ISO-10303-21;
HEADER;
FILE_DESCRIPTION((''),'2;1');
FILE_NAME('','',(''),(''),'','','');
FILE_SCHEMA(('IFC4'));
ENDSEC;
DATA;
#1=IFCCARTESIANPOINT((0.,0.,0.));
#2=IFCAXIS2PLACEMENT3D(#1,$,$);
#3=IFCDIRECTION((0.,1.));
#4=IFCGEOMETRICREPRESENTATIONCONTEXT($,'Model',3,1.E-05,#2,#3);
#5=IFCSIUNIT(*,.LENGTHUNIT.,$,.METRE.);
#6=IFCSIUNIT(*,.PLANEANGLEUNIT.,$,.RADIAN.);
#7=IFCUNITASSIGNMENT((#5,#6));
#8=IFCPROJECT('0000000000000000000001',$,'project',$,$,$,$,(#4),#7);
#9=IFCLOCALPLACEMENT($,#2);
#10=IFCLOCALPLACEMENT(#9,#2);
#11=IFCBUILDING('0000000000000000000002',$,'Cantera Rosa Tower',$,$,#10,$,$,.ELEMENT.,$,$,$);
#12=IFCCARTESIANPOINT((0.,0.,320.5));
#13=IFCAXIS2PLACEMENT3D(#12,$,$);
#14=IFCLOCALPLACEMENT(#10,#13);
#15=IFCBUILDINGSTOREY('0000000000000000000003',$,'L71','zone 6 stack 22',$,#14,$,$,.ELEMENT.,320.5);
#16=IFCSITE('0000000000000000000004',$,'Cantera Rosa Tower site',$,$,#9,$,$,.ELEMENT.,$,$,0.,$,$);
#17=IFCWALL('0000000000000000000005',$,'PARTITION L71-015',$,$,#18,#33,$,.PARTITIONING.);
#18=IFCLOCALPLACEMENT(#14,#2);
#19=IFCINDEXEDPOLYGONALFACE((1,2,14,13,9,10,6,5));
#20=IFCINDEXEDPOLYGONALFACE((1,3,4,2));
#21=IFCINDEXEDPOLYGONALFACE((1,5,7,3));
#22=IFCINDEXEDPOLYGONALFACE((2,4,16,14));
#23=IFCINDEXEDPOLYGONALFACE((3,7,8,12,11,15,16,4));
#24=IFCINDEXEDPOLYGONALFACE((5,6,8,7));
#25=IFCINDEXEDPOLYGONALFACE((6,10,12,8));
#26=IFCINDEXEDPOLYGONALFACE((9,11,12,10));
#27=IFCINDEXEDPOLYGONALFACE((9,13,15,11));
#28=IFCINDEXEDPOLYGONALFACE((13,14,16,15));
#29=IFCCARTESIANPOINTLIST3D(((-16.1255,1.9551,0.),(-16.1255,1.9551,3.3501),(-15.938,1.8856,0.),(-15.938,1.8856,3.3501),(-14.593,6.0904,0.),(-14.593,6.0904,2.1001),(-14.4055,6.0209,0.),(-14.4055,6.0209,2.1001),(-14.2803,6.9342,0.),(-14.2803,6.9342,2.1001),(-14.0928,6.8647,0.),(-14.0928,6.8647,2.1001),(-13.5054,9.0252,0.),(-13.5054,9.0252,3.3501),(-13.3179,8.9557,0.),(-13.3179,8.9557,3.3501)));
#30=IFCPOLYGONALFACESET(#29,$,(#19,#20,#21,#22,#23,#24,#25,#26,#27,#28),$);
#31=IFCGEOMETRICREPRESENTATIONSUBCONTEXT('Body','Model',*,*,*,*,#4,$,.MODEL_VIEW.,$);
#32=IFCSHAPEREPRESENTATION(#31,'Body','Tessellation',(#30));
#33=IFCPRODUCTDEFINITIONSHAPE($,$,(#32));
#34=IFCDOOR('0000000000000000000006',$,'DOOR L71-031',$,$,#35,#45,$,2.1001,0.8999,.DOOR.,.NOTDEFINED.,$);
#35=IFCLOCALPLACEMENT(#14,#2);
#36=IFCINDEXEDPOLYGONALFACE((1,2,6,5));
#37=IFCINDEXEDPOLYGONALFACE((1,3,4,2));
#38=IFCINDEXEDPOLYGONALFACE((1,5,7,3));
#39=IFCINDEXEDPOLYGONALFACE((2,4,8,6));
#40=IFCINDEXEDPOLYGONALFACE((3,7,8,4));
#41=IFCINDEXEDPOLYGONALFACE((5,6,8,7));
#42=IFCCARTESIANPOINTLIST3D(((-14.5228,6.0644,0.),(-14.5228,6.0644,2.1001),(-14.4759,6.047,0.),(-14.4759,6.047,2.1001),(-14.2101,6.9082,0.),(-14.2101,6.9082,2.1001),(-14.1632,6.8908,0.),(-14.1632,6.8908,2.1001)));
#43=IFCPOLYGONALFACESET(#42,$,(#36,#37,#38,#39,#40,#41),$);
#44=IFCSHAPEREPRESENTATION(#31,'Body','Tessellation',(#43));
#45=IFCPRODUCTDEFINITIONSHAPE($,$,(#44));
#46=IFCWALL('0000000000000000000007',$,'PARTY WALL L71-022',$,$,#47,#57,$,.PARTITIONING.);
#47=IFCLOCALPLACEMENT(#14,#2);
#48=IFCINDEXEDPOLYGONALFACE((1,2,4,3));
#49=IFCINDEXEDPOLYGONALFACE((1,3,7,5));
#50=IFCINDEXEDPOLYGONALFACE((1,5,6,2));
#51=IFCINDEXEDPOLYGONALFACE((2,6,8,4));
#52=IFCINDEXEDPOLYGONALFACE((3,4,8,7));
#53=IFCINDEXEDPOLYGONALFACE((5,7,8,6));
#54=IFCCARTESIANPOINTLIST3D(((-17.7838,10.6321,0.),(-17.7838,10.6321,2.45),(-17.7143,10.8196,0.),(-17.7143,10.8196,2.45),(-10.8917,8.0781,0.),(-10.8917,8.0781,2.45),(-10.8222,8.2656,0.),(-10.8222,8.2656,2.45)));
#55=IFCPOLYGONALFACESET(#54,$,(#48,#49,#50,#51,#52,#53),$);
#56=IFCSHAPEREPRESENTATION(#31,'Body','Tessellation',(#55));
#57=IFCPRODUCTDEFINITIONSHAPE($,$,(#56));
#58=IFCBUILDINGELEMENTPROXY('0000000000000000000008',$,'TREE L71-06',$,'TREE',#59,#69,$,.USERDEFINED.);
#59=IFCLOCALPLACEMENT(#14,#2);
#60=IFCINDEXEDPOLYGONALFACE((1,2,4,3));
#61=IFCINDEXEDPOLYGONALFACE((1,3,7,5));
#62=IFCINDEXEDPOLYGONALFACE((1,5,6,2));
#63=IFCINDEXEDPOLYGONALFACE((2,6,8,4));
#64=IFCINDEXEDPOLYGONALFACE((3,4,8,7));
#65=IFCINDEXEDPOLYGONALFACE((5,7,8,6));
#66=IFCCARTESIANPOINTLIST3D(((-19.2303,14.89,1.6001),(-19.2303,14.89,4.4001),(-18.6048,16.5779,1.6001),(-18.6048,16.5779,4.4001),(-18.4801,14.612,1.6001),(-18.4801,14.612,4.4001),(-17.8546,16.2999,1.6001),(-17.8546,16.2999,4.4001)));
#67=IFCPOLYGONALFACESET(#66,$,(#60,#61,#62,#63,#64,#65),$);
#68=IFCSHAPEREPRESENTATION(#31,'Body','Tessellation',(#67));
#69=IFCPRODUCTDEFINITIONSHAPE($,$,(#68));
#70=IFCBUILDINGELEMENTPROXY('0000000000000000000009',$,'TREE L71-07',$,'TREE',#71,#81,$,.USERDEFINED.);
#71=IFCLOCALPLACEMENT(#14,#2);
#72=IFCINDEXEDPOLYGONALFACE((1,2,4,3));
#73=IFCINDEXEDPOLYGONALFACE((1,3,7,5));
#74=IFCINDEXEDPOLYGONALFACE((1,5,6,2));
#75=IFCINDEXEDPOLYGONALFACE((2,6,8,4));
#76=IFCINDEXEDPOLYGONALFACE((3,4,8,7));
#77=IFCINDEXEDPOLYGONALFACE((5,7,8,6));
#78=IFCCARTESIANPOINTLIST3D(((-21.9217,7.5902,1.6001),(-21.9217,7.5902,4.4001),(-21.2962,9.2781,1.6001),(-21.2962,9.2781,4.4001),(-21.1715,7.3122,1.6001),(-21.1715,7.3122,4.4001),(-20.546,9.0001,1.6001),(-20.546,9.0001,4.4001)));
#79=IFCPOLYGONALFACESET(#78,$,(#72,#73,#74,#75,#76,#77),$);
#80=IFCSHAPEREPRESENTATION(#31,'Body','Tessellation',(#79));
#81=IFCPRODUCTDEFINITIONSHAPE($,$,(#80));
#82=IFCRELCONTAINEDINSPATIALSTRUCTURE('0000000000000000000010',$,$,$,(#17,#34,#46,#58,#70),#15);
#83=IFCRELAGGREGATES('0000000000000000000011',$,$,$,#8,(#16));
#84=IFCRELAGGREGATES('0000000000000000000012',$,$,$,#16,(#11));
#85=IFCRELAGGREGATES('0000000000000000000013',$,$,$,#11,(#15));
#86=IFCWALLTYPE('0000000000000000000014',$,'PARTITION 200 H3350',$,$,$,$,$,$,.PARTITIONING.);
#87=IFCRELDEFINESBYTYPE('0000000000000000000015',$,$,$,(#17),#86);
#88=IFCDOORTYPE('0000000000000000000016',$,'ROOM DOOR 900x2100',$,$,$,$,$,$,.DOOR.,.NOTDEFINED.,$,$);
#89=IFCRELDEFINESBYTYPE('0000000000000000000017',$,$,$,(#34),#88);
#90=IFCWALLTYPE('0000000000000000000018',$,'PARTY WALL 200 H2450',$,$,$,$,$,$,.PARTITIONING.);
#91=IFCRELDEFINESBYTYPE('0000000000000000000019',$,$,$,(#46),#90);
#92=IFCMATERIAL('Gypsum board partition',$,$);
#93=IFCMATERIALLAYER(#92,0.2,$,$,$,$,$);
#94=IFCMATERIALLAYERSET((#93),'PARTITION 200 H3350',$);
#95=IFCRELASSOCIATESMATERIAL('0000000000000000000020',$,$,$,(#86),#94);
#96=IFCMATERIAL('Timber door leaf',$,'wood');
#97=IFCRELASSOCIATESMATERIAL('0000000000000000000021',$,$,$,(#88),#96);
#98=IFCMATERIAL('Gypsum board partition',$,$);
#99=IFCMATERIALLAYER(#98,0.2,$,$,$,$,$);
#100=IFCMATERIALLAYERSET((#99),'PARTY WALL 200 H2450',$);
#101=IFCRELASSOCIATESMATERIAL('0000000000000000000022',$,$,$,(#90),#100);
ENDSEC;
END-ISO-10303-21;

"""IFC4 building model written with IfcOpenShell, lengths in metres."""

from ifc_helpers import new_model, si_unit, direction, frame, frame_2d, origin, origin_2d, place, context, subcontext, project, spatial, rectangle, extrude, material, layer, layer_set, type_object, element, fill, save


model = new_model("IFC4")

# Units and contexts
model_context = context("Model", 3, precision=1e-05, world=origin(), true_north=direction((0.0, 1.0)))
body_context = subcontext(model_context, "Body", "Model", "MODEL_VIEW")
ifc_project = project(units=[si_unit("LENGTHUNIT", "METRE"), si_unit("PLANEANGLEUNIT", "RADIAN")], contexts=[model_context])

# Site, building, storey
site_placement = place(None, origin())
site = spatial("IfcSite", under=ifc_project, at=site_placement, Name="Cantera Rosa Tower site", CompositionType="ELEMENT", RefElevation=0.0)
building_placement = place(site_placement, origin())
building = spatial("IfcBuilding", under=site, at=building_placement, Name="Cantera Rosa Tower", CompositionType="ELEMENT")
storey_placement = place(building_placement, frame((0.0, 0.0, 320.5)))
storey = spatial("IfcBuildingStorey", under=building, at=storey_placement, Name="L71", Description="zone 6 stack 22", CompositionType="ELEMENT", Elevation=320.5)

# Wall, opening, door
ifc_material_1 = material(Name="Gypsum board partition")
ifc_layer_1 = layer(ifc_material_1, 0.2)
ifc_layer_set_1 = layer_set([ifc_layer_1], Name="PARTITION 200 H3350")
wall_type_1 = type_object("IfcWallType", Name="PARTITION 200 H3350", PredefinedType="PARTITIONING", material=ifc_layer_set_1)
wall_1_placement = place(storey_placement, frame((-13.4116, 8.9905, 0.0), z_axis=(0.0, 0.0, 1.0), x_axis=(-0.347498, -0.937681, 0.0)))
wall_1 = element("IfcWall", 1, at=wall_1_placement, inside=storey, type_object=wall_type_1, Name="PARTITION L71-015", PredefinedType="PARTITIONING", context=body_context, shape_type="SweptSolid", body=[
    extrude(rectangle(XDim=7.54, YDim=0.2, at=frame_2d((3.77, 0.0))), origin(), (0.0, 0.0, 1.0), 3.3501),
])
opening_1_placement = place(wall_1_placement, frame((2.23, 0.0, 0.0)))
opening_1 = element("IfcOpeningElement", 2, at=opening_1_placement, cuts=wall_1, PredefinedType="OPENING", context=body_context, shape_type="SweptSolid", body=[
    extrude(rectangle(XDim=0.8999, YDim=2.1001, at=frame_2d((0.45, 1.05))), frame((0.0, 0.1099, 0.0), z_axis=(0.0, -1.0, 0.0), x_axis=(1.0, 0.0, 0.0)), (0.0, 0.0, 1.0), 0.22),
])
ifc_material_2 = material(Name="Timber door leaf", Category="wood")
door_type_1 = type_object("IfcDoorType", Name="ROOM DOOR 900x2100", OperationType="NOTDEFINED", PredefinedType="DOOR", material=ifc_material_2)
door_1_placement = place(opening_1_placement, origin())
door_1 = element("IfcDoor", 3, at=door_1_placement, inside=storey, type_object=door_type_1, Name="DOOR L71-031", OperationType="NOTDEFINED", OverallHeight=2.1001, OverallWidth=0.8999, PredefinedType="DOOR", context=body_context, shape_type="SweptSolid", body=[
    extrude(rectangle(XDim=0.8999, YDim=2.1001, at=frame_2d((0.45, 1.05))), frame((0.0, 0.0249, 0.0), z_axis=(0.0, -1.0, 0.0), x_axis=(1.0, 0.0, 0.0)), (0.0, 0.0, 1.0), 0.05),
])
fill(opening_1, door_1)

# Wall
ifc_material_3 = material(Name="Gypsum board partition")
ifc_layer_2 = layer(ifc_material_3, 0.2)
ifc_layer_set_2 = layer_set([ifc_layer_2], Name="PARTY WALL 200 H2450")
wall_type_2 = type_object("IfcWallType", Name="PARTY WALL 200 H2450", PredefinedType="PARTITIONING", material=ifc_layer_set_2)
wall_2_placement = place(storey_placement, frame((-10.8569, 8.1719, 0.0), z_axis=(0.0, 0.0, 1.0), x_axis=(-0.93769, 0.347473, 0.0)))
element("IfcWall", 4, at=wall_2_placement, inside=storey, type_object=wall_type_2, Name="PARTY WALL L71-022", PredefinedType="PARTITIONING", context=body_context, shape_type="SweptSolid", body=[
    extrude(rectangle(XDim=7.3501, YDim=0.2, at=frame_2d((3.675, 0.0))), origin(), (0.0, 0.0, 1.0), 2.45),
])

# Building element proxies
for number, where, z_axis, x_axis, name in (
    (5, (-18.5425, 15.595, 1.6001), (0.0, 0.0, 1.0), (-0.347481, -0.937687, 0.0), "TREE L71-06"),
    (6, (-21.2339, 8.2952, 1.6001), (0.0, 0.0, 1.0), (-0.347481, -0.937687, 0.0), "TREE L71-07"),
):
    element("IfcBuildingElementProxy", number, at=place(storey_placement, frame(where, z_axis=z_axis, x_axis=x_axis)), inside=storey, Name=name, ObjectType="TREE", PredefinedType="USERDEFINED", context=body_context, shape_type="SweptSolid", body=[
        extrude(rectangle(XDim=1.8, YDim=0.8, at=origin_2d()), origin(), (0.0, 0.0, 1.0), 2.8),
    ])

save(model, "model.ifc")
